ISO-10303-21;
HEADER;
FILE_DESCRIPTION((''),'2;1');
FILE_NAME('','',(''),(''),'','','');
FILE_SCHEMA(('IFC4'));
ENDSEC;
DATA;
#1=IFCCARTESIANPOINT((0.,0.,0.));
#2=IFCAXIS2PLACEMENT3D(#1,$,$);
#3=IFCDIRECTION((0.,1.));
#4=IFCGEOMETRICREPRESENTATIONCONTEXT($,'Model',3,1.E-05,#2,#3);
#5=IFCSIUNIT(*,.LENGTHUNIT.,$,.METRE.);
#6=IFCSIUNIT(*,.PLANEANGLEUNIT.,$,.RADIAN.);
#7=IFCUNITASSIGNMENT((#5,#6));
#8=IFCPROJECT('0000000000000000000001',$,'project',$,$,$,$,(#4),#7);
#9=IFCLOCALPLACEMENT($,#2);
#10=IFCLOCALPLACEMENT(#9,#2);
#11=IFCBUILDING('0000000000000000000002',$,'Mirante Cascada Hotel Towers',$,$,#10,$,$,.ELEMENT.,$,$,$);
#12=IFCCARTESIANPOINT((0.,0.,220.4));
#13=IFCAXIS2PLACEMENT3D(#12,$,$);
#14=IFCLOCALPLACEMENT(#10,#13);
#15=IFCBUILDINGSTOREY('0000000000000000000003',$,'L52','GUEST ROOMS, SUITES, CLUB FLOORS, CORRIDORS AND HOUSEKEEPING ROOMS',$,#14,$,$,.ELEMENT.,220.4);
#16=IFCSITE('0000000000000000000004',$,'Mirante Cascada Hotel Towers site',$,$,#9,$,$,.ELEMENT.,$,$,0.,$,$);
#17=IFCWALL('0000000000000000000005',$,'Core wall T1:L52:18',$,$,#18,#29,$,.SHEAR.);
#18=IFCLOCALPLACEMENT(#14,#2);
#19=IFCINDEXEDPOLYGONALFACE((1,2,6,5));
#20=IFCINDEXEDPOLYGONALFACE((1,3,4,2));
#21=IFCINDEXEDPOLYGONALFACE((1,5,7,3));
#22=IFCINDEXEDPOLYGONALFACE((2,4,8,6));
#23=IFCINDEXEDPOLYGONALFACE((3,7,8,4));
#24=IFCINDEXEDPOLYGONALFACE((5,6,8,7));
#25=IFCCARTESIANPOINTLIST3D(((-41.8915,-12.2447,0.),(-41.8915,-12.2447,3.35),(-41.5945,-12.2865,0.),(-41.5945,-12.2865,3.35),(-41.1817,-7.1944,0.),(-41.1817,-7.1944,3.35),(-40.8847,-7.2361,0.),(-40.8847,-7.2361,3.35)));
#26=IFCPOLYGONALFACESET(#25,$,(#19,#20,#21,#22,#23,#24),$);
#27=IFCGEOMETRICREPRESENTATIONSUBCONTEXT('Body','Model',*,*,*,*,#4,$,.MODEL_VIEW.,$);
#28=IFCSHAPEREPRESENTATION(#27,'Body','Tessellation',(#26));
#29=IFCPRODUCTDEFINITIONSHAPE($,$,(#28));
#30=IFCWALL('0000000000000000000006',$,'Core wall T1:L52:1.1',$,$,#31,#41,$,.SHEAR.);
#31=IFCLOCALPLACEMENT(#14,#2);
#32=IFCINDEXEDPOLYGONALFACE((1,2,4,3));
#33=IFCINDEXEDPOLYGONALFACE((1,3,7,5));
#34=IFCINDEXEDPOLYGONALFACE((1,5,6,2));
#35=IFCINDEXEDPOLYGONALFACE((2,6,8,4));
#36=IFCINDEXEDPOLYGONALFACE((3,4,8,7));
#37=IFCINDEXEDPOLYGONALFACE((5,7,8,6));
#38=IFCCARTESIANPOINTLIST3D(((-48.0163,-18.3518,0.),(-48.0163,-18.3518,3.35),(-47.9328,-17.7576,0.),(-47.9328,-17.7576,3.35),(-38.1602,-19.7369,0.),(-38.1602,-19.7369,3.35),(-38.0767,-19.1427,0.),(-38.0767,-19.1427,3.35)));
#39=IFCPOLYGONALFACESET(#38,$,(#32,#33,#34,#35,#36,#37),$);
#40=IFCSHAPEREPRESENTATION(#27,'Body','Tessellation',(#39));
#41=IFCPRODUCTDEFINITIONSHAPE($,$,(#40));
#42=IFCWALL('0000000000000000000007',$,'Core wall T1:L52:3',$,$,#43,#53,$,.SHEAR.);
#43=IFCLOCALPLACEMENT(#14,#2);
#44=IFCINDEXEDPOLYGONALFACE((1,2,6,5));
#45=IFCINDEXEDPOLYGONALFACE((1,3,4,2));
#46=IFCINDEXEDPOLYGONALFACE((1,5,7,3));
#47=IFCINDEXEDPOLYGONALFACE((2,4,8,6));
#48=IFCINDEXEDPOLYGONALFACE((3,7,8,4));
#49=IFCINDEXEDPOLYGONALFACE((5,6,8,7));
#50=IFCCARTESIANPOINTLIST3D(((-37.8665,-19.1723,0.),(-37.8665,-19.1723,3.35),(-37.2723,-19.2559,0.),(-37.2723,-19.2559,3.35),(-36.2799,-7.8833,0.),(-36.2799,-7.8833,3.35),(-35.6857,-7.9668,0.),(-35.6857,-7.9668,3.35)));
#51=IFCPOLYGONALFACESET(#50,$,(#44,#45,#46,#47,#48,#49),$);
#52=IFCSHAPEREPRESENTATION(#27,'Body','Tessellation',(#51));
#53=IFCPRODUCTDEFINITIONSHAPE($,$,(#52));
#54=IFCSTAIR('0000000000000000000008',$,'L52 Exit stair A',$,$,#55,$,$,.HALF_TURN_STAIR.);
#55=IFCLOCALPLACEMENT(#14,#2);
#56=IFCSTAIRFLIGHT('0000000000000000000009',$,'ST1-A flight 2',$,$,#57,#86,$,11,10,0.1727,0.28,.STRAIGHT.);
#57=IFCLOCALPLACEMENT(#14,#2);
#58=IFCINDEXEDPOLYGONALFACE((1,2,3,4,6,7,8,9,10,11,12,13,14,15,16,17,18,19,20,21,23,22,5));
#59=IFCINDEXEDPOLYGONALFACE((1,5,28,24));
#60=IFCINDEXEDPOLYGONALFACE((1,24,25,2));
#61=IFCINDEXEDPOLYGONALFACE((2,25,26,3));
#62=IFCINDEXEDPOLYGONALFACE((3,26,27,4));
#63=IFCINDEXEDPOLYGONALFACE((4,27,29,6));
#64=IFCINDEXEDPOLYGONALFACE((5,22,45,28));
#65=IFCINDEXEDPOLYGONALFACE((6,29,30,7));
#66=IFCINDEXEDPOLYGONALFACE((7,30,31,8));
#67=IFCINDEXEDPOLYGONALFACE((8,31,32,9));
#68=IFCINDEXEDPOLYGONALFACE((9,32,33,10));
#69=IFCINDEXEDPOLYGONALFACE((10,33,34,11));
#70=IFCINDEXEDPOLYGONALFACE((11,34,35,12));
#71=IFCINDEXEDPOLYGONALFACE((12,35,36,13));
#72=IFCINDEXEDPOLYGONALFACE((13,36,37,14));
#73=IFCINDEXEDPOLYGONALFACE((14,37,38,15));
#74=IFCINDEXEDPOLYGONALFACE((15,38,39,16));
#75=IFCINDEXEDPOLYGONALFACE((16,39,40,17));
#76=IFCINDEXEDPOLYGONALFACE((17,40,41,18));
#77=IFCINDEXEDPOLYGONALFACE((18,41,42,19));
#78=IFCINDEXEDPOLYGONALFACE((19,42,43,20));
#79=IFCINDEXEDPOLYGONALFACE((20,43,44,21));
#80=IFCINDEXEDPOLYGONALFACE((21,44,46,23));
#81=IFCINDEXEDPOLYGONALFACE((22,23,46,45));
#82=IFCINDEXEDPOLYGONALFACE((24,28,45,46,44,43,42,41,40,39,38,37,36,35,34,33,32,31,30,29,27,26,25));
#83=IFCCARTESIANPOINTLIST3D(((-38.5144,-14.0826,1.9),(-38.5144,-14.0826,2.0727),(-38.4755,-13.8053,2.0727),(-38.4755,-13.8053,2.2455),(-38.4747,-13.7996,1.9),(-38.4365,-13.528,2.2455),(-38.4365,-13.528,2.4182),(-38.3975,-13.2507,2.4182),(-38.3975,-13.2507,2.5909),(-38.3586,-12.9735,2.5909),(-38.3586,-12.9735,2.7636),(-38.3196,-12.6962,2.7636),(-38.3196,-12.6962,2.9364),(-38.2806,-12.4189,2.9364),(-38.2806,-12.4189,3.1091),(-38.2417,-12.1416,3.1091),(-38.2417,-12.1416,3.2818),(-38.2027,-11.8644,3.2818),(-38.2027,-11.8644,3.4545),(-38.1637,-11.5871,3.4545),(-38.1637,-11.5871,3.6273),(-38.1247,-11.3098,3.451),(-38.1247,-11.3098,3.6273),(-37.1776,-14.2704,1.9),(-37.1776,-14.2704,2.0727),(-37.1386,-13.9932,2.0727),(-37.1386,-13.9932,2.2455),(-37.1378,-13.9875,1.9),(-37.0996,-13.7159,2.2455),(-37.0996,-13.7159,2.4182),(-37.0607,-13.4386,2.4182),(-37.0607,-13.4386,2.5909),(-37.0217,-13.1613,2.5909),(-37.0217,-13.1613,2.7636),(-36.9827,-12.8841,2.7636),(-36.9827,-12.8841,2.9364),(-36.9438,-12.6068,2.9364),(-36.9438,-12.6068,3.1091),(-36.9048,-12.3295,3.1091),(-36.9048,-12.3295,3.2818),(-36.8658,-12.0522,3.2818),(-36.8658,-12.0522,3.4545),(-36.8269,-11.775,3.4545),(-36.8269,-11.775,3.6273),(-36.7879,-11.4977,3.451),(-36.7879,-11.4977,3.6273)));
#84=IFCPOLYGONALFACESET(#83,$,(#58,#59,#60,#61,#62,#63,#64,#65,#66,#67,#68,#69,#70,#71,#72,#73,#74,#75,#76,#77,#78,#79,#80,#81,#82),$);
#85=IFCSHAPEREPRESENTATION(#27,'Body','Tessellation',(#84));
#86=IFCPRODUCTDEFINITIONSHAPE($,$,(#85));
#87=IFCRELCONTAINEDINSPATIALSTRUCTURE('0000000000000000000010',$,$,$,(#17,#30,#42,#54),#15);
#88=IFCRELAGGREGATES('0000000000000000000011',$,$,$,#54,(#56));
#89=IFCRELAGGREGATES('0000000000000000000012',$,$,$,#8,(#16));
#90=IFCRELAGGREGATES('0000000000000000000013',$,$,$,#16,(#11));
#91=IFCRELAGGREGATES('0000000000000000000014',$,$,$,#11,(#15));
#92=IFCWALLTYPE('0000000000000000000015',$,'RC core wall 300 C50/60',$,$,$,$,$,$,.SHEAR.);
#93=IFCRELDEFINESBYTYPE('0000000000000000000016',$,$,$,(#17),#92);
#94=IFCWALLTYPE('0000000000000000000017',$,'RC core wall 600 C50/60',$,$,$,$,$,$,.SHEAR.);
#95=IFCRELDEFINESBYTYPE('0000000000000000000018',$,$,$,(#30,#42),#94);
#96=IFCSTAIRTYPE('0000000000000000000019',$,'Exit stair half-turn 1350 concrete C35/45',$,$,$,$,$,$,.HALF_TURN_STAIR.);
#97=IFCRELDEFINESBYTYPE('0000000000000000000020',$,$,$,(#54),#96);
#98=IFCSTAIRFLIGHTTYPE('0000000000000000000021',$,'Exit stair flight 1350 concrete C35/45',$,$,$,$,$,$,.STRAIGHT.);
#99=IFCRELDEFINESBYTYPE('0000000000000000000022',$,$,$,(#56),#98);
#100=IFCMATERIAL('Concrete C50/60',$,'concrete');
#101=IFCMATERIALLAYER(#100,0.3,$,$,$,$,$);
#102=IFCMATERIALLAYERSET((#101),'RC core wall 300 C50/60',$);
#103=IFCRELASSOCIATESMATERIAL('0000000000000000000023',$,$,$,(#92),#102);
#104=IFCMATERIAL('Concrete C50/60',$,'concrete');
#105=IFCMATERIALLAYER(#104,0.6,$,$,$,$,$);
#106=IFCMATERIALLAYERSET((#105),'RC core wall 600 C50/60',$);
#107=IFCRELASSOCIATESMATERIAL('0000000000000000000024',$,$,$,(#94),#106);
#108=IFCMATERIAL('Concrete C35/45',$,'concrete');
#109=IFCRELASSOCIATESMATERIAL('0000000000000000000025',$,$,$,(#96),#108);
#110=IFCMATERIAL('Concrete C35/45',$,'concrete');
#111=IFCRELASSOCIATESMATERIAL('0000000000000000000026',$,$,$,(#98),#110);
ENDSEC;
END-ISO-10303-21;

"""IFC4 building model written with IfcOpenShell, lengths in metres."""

from ifc_helpers import new_model, si_unit, direction, frame, frame_2d, origin, place, context, subcontext, project, spatial, polyline, rectangle, outline, extrude, material, layer, layer_set, type_object, element, aggregate, save


model = new_model("IFC4")

# Units and contexts
model_context = context("Model", 3, precision=1e-05, world=origin(), true_north=direction((0.0, 1.0)))
body_context = subcontext(model_context, "Body", "Model", "MODEL_VIEW")
ifc_project = project(units=[si_unit("LENGTHUNIT", "METRE"), si_unit("PLANEANGLEUNIT", "RADIAN")], contexts=[model_context])

# Site, building, storey
site_placement = place(None, origin())
site = spatial("IfcSite", under=ifc_project, at=site_placement, Name="Mirante Cascada Hotel Towers site", CompositionType="ELEMENT", RefElevation=0.0)
building_placement = place(site_placement, origin())
building = spatial("IfcBuilding", under=site, at=building_placement, Name="Mirante Cascada Hotel Towers", CompositionType="ELEMENT")
storey_placement = place(building_placement, frame((0.0, 0.0, 220.4)))
storey = spatial("IfcBuildingStorey", under=building, at=storey_placement, Name="L52", Description="GUEST ROOMS, SUITES, CLUB FLOORS, CORRIDORS AND HOUSEKEEPING ROOMS", CompositionType="ELEMENT", Elevation=220.4)

# Shared definitions
ifc_material_1 = material(Name="Concrete C50/60", Category="concrete")
ifc_layer_1 = layer(ifc_material_1, 0.3)
ifc_layer_set_1 = layer_set([ifc_layer_1], Name="RC core wall 300 C50/60")
wall_type_1 = type_object("IfcWallType", Name="RC core wall 300 C50/60", PredefinedType="SHEAR", material=ifc_layer_set_1)

# Walls
wall_1_placement = place(storey_placement, frame((-41.743, -12.2656, 0.0), z_axis=(0.0, 0.0, 1.0), x_axis=(0.139176, 0.990268, 0.0)))
element("IfcWall", 1, at=wall_1_placement, inside=storey, type_object=wall_type_1, Name="Core wall T1:L52:18", PredefinedType="SHEAR", context=body_context, shape_type="SweptSolid", body=[
    extrude(rectangle(XDim=5.1, YDim=0.3, at=frame_2d((2.55, 0.0))), origin(), (0.0, 0.0, 1.0), 3.35),
])
ifc_material_2 = material(Name="Concrete C50/60", Category="concrete")
ifc_layer_2 = layer(ifc_material_2, 0.6)
ifc_layer_set_2 = layer_set([ifc_layer_2], Name="RC core wall 600 C50/60")
wall_type_2 = type_object("IfcWallType", Name="RC core wall 600 C50/60", PredefinedType="SHEAR", material=ifc_layer_set_2)
wall_2_placement = place(storey_placement, frame((-38.1185, -19.4398, 0.0), z_axis=(0.0, 0.0, 1.0), x_axis=(-0.990269, 0.139165, 0.0)))
element("IfcWall", 2, at=wall_2_placement, inside=storey, type_object=wall_type_2, Name="Core wall T1:L52:1.1", PredefinedType="SHEAR", context=body_context, shape_type="SweptSolid", body=[
    extrude(rectangle(XDim=9.9529, YDim=0.6, at=frame_2d((4.9764, 0.0))), origin(), (0.0, 0.0, 1.0), 3.35),
])
wall_3_placement = place(storey_placement, frame((-37.5694, -19.2141, 0.0), z_axis=(0.0, 0.0, 1.0), x_axis=(0.139175, 0.990268, 0.0)))
element("IfcWall", 3, at=wall_3_placement, inside=storey, type_object=wall_type_2, Name="Core wall T1:L52:3", PredefinedType="SHEAR", context=body_context, shape_type="SweptSolid", body=[
    extrude(rectangle(XDim=11.4, YDim=0.6, at=frame_2d((5.7, 0.0))), origin(), (0.0, 0.0, 1.0), 3.35),
])

# Stair, stair flight
ifc_material_3 = material(Name="Concrete C35/45", Category="concrete")
stair_type = type_object("IfcStairType", Name="Exit stair half-turn 1350 concrete C35/45", PredefinedType="HALF_TURN_STAIR", material=ifc_material_3)
stair_placement = place(storey_placement, origin())
stair = element("IfcStair", 4, at=stair_placement, inside=storey, type_object=stair_type, Name="L52 Exit stair A", PredefinedType="HALF_TURN_STAIR")
ifc_material_4 = material(Name="Concrete C35/45", Category="concrete")
stair_flight_type = type_object("IfcStairFlightType", Name="Exit stair flight 1350 concrete C35/45", PredefinedType="STRAIGHT", material=ifc_material_4)
stair_flight_placement = place(storey_placement, frame((-37.846, -14.1765, 1.9), z_axis=(0.0, 0.0, 1.0), x_axis=(0.139173, 0.990268, 0.0)))
stair_flight = element("IfcStairFlight", 5, at=stair_flight_placement, type_object=stair_flight_type, Name="ST1-A flight 2", NumberOfRisers=11, NumberOfTreads=10, PredefinedType="STRAIGHT", RiserHeight=0.1727, TreadLength=0.28, context=body_context, shape_type="SweptSolid", body=[
    extrude(outline(polyline([(0.0, 0.0), (0.0, 0.1727), (0.28, 0.1727), (0.28, 0.3455), (0.56, 0.3455), (0.56, 0.5182), (0.84, 0.5182), (0.84, 0.6909), (1.12, 0.6909), (1.12, 0.8636), (1.4, 0.8636), (1.4, 1.0364), (1.68, 1.0364), (1.68, 1.2091), (1.96, 1.2091), (1.96, 1.3818), (2.24, 1.3818), (2.24, 1.5545), (2.52, 1.5545), (2.52, 1.7273), (2.8, 1.7273), (2.8, 1.9), (2.8, 1.551), (0.2857, 0.0), (0.0, 0.0)])), frame((0.0, 0.675, 0.0), z_axis=(0.0, -1.0, 0.0), x_axis=(1.0, 0.0, 0.0)), (0.0, 0.0, 1.0), 1.35),
])
aggregate(stair, [stair_flight])

save(model, "model.ifc")
